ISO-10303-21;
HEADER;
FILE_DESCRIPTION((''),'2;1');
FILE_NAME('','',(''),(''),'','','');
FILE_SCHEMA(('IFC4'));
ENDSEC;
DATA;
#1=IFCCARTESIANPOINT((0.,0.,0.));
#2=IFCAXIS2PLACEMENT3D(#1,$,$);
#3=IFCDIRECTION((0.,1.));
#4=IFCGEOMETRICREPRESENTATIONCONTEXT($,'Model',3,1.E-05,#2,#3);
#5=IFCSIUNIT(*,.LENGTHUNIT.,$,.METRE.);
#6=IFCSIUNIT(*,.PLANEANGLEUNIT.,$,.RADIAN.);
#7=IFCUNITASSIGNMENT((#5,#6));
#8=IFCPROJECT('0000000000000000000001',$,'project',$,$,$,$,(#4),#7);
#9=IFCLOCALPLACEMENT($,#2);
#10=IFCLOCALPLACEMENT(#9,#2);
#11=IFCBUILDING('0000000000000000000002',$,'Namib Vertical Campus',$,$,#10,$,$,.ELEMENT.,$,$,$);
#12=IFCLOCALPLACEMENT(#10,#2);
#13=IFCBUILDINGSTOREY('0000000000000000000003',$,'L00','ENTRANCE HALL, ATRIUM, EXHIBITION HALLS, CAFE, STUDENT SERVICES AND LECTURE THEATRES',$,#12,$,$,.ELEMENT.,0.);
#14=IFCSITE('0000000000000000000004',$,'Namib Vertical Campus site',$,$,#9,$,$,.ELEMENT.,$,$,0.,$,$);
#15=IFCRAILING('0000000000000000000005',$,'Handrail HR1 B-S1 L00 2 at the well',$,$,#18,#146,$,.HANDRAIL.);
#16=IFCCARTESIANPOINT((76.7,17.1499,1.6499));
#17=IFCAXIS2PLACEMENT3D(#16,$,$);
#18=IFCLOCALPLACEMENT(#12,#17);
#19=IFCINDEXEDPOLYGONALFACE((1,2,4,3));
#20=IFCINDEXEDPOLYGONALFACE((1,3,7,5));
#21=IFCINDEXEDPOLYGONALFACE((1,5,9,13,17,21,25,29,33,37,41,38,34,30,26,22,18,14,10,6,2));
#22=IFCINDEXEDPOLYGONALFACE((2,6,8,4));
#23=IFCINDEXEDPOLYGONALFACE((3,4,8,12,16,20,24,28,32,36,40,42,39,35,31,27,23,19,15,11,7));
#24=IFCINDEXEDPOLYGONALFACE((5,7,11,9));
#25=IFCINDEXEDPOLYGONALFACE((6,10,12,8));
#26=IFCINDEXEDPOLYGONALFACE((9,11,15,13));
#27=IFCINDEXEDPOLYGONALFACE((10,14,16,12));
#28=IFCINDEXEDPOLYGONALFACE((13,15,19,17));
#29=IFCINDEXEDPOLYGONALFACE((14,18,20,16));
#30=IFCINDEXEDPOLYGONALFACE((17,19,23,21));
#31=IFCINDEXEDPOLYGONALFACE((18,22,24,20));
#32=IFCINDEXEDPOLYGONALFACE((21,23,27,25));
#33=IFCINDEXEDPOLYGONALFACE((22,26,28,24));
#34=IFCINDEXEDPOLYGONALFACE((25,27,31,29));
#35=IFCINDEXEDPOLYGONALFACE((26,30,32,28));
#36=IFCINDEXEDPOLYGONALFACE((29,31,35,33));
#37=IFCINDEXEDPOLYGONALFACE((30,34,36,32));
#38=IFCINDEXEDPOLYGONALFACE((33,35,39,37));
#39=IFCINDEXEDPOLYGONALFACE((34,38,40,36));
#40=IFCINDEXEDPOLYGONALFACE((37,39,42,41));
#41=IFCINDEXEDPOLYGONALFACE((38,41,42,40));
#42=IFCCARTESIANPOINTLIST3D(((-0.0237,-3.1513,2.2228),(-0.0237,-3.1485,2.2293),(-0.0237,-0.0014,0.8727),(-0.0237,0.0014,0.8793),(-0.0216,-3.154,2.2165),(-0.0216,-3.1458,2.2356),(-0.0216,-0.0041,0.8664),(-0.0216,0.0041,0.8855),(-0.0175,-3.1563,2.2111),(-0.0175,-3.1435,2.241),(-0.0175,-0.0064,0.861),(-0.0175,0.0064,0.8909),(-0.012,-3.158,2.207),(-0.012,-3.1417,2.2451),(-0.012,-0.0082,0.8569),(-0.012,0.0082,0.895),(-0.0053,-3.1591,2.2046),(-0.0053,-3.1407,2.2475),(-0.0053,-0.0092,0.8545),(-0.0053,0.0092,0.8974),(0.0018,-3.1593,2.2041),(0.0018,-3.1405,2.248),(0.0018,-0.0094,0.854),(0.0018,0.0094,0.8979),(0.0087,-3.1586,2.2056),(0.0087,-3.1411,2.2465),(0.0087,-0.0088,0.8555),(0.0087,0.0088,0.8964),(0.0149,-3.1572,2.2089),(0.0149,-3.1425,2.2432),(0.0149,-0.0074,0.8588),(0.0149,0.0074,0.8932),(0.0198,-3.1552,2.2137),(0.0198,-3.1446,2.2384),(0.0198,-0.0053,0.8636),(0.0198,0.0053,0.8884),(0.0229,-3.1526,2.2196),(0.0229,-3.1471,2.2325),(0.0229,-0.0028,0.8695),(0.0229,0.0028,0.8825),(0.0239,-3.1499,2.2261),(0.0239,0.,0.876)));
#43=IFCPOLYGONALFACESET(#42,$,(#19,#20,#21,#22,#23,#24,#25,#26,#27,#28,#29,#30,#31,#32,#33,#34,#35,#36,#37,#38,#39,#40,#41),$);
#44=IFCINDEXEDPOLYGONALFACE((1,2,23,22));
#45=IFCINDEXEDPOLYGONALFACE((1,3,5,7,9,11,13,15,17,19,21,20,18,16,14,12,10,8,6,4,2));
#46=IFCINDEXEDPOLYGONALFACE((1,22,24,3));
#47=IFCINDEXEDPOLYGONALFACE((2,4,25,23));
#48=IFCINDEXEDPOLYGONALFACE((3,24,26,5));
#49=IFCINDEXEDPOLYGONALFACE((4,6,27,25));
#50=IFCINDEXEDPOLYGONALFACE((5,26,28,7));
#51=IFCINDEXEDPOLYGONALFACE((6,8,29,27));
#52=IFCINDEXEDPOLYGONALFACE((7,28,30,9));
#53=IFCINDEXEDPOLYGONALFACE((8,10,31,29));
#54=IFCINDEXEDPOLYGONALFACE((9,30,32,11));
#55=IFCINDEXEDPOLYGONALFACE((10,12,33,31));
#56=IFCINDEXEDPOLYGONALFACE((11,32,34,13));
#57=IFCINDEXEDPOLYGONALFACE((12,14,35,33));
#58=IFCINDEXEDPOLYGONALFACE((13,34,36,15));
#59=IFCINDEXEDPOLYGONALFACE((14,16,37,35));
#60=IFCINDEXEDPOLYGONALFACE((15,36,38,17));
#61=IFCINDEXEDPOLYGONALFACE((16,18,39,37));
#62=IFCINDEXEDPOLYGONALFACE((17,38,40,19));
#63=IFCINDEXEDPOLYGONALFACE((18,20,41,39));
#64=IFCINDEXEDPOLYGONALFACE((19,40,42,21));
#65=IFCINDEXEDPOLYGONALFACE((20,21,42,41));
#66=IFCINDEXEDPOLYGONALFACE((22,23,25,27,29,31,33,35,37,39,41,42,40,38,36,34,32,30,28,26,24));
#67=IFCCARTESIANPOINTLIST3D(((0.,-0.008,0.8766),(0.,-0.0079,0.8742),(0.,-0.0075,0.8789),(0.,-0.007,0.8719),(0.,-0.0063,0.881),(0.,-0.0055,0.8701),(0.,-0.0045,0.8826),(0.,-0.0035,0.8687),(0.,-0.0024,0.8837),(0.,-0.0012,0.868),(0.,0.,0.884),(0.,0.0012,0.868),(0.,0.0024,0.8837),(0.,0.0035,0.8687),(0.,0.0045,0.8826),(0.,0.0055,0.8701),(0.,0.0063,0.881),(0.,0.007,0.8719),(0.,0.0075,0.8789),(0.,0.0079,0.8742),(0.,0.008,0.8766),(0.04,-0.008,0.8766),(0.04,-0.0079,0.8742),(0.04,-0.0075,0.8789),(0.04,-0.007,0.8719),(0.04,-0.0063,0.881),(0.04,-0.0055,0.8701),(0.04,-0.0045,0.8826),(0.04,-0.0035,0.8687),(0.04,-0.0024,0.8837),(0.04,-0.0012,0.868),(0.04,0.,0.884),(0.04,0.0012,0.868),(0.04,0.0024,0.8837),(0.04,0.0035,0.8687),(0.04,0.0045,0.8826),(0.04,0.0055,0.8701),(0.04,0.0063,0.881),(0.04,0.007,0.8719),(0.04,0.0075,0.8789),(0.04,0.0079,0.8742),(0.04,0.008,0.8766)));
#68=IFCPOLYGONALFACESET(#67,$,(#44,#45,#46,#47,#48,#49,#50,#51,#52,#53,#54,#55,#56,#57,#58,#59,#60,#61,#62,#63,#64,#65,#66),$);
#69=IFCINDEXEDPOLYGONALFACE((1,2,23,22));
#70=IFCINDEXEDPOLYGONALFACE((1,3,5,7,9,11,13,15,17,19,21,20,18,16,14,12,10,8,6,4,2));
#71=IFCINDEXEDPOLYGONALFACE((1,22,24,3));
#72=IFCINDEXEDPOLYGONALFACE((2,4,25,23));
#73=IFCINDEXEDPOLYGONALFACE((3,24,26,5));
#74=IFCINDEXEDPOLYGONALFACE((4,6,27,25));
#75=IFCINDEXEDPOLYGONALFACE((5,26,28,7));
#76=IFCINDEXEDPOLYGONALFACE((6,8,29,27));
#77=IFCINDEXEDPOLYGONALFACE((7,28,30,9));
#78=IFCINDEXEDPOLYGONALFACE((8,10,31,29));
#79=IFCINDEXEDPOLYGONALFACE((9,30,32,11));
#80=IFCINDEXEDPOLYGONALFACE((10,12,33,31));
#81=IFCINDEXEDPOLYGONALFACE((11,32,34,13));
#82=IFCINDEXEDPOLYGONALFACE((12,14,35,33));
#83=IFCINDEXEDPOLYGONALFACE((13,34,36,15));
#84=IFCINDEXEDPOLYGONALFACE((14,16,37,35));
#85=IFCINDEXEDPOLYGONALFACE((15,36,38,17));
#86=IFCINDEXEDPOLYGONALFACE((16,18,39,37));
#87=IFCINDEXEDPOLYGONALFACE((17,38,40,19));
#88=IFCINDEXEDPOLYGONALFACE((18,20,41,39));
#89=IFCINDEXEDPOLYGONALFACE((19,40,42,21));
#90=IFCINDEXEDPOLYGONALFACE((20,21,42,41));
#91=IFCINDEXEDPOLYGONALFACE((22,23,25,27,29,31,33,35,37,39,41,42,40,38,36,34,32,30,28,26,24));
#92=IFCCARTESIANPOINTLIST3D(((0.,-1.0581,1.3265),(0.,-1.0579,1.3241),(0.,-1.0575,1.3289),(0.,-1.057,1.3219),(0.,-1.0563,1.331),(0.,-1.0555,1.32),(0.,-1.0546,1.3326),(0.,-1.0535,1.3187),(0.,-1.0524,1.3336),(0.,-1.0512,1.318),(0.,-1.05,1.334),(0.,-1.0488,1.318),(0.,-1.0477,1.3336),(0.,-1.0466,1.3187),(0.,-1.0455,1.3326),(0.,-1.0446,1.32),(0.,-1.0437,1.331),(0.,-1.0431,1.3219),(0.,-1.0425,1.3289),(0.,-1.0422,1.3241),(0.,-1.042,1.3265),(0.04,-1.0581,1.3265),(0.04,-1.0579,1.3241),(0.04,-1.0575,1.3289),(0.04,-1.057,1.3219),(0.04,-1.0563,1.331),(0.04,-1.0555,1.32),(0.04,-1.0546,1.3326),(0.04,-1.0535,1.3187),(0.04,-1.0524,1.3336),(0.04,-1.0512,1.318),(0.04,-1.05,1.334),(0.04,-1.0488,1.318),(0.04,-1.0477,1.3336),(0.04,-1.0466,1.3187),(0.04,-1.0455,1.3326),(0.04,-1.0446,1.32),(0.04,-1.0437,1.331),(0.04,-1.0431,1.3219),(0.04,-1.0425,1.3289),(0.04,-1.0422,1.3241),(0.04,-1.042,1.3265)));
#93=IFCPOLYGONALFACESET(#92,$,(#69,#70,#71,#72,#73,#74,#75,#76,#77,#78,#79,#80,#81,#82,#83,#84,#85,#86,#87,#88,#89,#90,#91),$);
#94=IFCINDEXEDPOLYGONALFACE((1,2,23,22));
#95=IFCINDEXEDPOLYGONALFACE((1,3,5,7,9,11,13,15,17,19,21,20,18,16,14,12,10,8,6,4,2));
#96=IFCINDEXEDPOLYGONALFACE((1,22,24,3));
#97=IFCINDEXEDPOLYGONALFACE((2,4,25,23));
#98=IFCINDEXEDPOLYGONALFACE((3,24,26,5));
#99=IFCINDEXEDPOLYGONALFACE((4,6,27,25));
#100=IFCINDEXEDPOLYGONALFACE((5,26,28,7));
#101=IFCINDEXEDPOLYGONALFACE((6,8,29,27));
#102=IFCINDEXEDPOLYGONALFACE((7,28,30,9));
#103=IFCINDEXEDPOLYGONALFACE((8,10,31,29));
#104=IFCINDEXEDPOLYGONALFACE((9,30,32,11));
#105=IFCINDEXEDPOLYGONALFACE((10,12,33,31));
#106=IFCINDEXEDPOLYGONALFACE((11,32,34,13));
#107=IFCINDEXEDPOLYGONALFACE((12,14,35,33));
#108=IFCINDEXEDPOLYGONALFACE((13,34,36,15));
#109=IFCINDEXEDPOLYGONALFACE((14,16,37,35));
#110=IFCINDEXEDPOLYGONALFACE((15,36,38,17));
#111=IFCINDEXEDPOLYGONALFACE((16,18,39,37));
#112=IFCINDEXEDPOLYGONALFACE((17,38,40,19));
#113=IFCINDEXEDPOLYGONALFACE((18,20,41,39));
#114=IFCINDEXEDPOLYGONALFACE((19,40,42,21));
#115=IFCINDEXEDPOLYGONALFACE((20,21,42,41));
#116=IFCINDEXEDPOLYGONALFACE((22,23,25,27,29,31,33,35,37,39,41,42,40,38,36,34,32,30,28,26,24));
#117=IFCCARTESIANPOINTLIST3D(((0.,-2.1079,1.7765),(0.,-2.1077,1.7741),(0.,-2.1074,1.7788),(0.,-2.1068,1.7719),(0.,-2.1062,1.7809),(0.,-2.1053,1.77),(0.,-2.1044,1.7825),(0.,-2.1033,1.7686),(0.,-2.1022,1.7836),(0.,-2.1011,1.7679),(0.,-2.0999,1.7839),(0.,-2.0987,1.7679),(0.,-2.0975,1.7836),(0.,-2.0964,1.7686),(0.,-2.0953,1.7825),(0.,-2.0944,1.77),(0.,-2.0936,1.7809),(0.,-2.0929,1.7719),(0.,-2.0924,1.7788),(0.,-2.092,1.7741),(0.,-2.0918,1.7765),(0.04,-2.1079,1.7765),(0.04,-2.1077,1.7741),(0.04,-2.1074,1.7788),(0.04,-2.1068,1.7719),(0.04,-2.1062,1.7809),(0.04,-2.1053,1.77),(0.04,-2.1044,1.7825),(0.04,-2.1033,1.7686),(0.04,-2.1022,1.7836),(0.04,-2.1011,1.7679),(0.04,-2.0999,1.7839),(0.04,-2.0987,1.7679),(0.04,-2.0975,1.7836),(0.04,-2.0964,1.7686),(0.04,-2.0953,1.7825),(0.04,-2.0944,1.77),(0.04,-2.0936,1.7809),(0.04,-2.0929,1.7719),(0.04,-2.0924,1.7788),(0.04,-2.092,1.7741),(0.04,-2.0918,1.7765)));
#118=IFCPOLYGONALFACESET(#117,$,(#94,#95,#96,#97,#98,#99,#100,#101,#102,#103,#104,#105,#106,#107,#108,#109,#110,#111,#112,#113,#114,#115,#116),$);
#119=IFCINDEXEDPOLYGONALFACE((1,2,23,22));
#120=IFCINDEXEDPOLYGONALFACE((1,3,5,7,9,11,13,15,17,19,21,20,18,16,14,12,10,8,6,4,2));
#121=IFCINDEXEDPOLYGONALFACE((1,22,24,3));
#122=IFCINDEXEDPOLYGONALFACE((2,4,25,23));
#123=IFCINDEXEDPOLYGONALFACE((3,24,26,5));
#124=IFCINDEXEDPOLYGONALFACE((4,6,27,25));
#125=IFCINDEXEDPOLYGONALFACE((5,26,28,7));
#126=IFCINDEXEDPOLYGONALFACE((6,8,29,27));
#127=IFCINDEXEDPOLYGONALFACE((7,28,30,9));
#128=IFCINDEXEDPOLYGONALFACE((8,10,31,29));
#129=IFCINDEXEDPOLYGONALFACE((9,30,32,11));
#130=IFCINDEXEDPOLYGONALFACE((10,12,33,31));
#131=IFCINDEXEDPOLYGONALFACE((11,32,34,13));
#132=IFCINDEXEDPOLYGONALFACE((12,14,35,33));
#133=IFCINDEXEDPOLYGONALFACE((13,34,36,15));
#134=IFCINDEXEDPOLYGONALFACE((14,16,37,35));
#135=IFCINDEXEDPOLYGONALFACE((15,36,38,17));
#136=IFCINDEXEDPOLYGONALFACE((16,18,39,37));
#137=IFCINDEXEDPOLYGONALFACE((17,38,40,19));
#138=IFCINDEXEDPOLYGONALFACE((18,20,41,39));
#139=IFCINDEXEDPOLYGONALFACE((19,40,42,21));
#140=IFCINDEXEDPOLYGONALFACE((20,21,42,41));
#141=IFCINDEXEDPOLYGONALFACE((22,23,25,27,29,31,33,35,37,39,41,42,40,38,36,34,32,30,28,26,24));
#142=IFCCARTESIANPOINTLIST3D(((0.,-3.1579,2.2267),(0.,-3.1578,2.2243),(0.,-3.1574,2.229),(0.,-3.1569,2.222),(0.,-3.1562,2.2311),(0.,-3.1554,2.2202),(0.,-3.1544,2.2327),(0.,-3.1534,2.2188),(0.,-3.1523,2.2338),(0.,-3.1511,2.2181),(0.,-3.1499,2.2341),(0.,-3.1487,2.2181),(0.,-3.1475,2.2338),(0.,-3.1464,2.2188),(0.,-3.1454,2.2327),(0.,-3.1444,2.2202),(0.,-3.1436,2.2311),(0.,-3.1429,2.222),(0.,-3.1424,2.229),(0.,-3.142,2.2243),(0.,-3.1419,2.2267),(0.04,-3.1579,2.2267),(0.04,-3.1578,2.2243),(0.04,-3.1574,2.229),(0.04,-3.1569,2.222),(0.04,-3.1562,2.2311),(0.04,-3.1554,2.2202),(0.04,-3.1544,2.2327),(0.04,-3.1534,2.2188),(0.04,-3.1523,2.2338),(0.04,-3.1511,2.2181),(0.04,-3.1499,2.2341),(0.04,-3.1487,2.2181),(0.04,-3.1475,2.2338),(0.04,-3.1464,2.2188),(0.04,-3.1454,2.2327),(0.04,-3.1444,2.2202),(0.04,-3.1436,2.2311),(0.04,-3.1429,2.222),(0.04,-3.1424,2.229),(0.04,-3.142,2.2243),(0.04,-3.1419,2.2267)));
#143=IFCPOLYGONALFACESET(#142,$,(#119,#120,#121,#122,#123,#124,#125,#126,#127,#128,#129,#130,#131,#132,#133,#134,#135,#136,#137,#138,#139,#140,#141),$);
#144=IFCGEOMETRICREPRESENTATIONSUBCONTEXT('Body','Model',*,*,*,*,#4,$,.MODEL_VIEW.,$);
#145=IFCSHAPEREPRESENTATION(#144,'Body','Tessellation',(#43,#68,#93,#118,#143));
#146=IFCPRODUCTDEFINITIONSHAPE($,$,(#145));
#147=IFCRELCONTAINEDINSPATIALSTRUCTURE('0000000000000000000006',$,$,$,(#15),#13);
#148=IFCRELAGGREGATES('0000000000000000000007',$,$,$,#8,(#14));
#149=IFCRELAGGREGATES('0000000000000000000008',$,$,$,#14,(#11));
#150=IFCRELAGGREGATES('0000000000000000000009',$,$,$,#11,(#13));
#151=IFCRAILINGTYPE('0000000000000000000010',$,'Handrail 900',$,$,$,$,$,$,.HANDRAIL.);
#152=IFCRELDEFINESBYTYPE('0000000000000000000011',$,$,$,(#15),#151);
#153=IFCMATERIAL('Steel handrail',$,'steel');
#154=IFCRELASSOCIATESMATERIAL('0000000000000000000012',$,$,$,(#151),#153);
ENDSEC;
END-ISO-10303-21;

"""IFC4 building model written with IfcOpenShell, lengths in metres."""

from ifc_helpers import new_model, si_unit, direction, frame, origin, origin_2d, place, context, subcontext, project, spatial, circle, extrude, material, type_object, element, save


model = new_model("IFC4")

# Units and contexts
model_context = context("Model", 3, precision=1e-05, world=origin(), true_north=direction((0.0, 1.0)))
body_context = subcontext(model_context, "Body", "Model", "MODEL_VIEW")
ifc_project = project(units=[si_unit("LENGTHUNIT", "METRE"), si_unit("PLANEANGLEUNIT", "RADIAN")], contexts=[model_context])

# Site, building, storey
site_placement = place(None, origin())
site = spatial("IfcSite", under=ifc_project, at=site_placement, Name="Namib Vertical Campus site", CompositionType="ELEMENT", RefElevation=0.0)
building_placement = place(site_placement, origin())
building = spatial("IfcBuilding", under=site, at=building_placement, Name="Namib Vertical Campus", CompositionType="ELEMENT")
storey_placement = place(building_placement, origin())
storey = spatial("IfcBuildingStorey", under=building, at=storey_placement, Name="L00", Description="ENTRANCE HALL, ATRIUM, EXHIBITION HALLS, CAFE, STUDENT SERVICES AND LECTURE THEATRES", CompositionType="ELEMENT", Elevation=0.0)

# Railing
ifc_material_1 = material(Name="Steel handrail", Category="steel")
railing_type_1 = type_object("IfcRailingType", Name="Handrail 900", PredefinedType="HANDRAIL", material=ifc_material_1)
railing_1_placement = place(storey_placement, frame((76.7, 17.1499, 1.6499)))
element("IfcRailing", 1, at=railing_1_placement, inside=storey, type_object=railing_type_1, Name="Handrail HR1 B-S1 L00 2 at the well", PredefinedType="HANDRAIL", context=body_context, shape_type="SweptSolid", body=[
    extrude(circle(Radius=0.0239, at=origin_2d()), frame((0.0, 0.0, 0.876), z_axis=(0.0, -0.91913, 0.393954), x_axis=(1.0, 0.0, 0.0)), (0.0, 0.0, 1.0), 3.427),
    extrude(circle(Radius=0.0081, at=origin_2d()), frame((0.0, 0.0, 0.876), z_axis=(1.0, 0.0, 0.0), x_axis=(0.0, 0.0, 1.0)), (0.0, 0.0, 1.0), 0.04),
    extrude(circle(Radius=0.0081, at=origin_2d()), frame((0.0, -1.05, 1.3259), z_axis=(1.0, 0.0, 0.0), x_axis=(0.0, 0.0, 1.0)), (0.0, 0.0, 1.0), 0.04),
    extrude(circle(Radius=0.0081, at=origin_2d()), frame((0.0, -2.0999, 1.7759), z_axis=(1.0, 0.0, 0.0), x_axis=(0.0, 0.0, 1.0)), (0.0, 0.0, 1.0), 0.04),
    extrude(circle(Radius=0.0081, at=origin_2d()), frame((0.0, -3.1499, 2.2261), z_axis=(1.0, 0.0, 0.0), x_axis=(0.0, 0.0, 1.0)), (0.0, 0.0, 1.0), 0.04),
])

save(model, "model.ifc")
